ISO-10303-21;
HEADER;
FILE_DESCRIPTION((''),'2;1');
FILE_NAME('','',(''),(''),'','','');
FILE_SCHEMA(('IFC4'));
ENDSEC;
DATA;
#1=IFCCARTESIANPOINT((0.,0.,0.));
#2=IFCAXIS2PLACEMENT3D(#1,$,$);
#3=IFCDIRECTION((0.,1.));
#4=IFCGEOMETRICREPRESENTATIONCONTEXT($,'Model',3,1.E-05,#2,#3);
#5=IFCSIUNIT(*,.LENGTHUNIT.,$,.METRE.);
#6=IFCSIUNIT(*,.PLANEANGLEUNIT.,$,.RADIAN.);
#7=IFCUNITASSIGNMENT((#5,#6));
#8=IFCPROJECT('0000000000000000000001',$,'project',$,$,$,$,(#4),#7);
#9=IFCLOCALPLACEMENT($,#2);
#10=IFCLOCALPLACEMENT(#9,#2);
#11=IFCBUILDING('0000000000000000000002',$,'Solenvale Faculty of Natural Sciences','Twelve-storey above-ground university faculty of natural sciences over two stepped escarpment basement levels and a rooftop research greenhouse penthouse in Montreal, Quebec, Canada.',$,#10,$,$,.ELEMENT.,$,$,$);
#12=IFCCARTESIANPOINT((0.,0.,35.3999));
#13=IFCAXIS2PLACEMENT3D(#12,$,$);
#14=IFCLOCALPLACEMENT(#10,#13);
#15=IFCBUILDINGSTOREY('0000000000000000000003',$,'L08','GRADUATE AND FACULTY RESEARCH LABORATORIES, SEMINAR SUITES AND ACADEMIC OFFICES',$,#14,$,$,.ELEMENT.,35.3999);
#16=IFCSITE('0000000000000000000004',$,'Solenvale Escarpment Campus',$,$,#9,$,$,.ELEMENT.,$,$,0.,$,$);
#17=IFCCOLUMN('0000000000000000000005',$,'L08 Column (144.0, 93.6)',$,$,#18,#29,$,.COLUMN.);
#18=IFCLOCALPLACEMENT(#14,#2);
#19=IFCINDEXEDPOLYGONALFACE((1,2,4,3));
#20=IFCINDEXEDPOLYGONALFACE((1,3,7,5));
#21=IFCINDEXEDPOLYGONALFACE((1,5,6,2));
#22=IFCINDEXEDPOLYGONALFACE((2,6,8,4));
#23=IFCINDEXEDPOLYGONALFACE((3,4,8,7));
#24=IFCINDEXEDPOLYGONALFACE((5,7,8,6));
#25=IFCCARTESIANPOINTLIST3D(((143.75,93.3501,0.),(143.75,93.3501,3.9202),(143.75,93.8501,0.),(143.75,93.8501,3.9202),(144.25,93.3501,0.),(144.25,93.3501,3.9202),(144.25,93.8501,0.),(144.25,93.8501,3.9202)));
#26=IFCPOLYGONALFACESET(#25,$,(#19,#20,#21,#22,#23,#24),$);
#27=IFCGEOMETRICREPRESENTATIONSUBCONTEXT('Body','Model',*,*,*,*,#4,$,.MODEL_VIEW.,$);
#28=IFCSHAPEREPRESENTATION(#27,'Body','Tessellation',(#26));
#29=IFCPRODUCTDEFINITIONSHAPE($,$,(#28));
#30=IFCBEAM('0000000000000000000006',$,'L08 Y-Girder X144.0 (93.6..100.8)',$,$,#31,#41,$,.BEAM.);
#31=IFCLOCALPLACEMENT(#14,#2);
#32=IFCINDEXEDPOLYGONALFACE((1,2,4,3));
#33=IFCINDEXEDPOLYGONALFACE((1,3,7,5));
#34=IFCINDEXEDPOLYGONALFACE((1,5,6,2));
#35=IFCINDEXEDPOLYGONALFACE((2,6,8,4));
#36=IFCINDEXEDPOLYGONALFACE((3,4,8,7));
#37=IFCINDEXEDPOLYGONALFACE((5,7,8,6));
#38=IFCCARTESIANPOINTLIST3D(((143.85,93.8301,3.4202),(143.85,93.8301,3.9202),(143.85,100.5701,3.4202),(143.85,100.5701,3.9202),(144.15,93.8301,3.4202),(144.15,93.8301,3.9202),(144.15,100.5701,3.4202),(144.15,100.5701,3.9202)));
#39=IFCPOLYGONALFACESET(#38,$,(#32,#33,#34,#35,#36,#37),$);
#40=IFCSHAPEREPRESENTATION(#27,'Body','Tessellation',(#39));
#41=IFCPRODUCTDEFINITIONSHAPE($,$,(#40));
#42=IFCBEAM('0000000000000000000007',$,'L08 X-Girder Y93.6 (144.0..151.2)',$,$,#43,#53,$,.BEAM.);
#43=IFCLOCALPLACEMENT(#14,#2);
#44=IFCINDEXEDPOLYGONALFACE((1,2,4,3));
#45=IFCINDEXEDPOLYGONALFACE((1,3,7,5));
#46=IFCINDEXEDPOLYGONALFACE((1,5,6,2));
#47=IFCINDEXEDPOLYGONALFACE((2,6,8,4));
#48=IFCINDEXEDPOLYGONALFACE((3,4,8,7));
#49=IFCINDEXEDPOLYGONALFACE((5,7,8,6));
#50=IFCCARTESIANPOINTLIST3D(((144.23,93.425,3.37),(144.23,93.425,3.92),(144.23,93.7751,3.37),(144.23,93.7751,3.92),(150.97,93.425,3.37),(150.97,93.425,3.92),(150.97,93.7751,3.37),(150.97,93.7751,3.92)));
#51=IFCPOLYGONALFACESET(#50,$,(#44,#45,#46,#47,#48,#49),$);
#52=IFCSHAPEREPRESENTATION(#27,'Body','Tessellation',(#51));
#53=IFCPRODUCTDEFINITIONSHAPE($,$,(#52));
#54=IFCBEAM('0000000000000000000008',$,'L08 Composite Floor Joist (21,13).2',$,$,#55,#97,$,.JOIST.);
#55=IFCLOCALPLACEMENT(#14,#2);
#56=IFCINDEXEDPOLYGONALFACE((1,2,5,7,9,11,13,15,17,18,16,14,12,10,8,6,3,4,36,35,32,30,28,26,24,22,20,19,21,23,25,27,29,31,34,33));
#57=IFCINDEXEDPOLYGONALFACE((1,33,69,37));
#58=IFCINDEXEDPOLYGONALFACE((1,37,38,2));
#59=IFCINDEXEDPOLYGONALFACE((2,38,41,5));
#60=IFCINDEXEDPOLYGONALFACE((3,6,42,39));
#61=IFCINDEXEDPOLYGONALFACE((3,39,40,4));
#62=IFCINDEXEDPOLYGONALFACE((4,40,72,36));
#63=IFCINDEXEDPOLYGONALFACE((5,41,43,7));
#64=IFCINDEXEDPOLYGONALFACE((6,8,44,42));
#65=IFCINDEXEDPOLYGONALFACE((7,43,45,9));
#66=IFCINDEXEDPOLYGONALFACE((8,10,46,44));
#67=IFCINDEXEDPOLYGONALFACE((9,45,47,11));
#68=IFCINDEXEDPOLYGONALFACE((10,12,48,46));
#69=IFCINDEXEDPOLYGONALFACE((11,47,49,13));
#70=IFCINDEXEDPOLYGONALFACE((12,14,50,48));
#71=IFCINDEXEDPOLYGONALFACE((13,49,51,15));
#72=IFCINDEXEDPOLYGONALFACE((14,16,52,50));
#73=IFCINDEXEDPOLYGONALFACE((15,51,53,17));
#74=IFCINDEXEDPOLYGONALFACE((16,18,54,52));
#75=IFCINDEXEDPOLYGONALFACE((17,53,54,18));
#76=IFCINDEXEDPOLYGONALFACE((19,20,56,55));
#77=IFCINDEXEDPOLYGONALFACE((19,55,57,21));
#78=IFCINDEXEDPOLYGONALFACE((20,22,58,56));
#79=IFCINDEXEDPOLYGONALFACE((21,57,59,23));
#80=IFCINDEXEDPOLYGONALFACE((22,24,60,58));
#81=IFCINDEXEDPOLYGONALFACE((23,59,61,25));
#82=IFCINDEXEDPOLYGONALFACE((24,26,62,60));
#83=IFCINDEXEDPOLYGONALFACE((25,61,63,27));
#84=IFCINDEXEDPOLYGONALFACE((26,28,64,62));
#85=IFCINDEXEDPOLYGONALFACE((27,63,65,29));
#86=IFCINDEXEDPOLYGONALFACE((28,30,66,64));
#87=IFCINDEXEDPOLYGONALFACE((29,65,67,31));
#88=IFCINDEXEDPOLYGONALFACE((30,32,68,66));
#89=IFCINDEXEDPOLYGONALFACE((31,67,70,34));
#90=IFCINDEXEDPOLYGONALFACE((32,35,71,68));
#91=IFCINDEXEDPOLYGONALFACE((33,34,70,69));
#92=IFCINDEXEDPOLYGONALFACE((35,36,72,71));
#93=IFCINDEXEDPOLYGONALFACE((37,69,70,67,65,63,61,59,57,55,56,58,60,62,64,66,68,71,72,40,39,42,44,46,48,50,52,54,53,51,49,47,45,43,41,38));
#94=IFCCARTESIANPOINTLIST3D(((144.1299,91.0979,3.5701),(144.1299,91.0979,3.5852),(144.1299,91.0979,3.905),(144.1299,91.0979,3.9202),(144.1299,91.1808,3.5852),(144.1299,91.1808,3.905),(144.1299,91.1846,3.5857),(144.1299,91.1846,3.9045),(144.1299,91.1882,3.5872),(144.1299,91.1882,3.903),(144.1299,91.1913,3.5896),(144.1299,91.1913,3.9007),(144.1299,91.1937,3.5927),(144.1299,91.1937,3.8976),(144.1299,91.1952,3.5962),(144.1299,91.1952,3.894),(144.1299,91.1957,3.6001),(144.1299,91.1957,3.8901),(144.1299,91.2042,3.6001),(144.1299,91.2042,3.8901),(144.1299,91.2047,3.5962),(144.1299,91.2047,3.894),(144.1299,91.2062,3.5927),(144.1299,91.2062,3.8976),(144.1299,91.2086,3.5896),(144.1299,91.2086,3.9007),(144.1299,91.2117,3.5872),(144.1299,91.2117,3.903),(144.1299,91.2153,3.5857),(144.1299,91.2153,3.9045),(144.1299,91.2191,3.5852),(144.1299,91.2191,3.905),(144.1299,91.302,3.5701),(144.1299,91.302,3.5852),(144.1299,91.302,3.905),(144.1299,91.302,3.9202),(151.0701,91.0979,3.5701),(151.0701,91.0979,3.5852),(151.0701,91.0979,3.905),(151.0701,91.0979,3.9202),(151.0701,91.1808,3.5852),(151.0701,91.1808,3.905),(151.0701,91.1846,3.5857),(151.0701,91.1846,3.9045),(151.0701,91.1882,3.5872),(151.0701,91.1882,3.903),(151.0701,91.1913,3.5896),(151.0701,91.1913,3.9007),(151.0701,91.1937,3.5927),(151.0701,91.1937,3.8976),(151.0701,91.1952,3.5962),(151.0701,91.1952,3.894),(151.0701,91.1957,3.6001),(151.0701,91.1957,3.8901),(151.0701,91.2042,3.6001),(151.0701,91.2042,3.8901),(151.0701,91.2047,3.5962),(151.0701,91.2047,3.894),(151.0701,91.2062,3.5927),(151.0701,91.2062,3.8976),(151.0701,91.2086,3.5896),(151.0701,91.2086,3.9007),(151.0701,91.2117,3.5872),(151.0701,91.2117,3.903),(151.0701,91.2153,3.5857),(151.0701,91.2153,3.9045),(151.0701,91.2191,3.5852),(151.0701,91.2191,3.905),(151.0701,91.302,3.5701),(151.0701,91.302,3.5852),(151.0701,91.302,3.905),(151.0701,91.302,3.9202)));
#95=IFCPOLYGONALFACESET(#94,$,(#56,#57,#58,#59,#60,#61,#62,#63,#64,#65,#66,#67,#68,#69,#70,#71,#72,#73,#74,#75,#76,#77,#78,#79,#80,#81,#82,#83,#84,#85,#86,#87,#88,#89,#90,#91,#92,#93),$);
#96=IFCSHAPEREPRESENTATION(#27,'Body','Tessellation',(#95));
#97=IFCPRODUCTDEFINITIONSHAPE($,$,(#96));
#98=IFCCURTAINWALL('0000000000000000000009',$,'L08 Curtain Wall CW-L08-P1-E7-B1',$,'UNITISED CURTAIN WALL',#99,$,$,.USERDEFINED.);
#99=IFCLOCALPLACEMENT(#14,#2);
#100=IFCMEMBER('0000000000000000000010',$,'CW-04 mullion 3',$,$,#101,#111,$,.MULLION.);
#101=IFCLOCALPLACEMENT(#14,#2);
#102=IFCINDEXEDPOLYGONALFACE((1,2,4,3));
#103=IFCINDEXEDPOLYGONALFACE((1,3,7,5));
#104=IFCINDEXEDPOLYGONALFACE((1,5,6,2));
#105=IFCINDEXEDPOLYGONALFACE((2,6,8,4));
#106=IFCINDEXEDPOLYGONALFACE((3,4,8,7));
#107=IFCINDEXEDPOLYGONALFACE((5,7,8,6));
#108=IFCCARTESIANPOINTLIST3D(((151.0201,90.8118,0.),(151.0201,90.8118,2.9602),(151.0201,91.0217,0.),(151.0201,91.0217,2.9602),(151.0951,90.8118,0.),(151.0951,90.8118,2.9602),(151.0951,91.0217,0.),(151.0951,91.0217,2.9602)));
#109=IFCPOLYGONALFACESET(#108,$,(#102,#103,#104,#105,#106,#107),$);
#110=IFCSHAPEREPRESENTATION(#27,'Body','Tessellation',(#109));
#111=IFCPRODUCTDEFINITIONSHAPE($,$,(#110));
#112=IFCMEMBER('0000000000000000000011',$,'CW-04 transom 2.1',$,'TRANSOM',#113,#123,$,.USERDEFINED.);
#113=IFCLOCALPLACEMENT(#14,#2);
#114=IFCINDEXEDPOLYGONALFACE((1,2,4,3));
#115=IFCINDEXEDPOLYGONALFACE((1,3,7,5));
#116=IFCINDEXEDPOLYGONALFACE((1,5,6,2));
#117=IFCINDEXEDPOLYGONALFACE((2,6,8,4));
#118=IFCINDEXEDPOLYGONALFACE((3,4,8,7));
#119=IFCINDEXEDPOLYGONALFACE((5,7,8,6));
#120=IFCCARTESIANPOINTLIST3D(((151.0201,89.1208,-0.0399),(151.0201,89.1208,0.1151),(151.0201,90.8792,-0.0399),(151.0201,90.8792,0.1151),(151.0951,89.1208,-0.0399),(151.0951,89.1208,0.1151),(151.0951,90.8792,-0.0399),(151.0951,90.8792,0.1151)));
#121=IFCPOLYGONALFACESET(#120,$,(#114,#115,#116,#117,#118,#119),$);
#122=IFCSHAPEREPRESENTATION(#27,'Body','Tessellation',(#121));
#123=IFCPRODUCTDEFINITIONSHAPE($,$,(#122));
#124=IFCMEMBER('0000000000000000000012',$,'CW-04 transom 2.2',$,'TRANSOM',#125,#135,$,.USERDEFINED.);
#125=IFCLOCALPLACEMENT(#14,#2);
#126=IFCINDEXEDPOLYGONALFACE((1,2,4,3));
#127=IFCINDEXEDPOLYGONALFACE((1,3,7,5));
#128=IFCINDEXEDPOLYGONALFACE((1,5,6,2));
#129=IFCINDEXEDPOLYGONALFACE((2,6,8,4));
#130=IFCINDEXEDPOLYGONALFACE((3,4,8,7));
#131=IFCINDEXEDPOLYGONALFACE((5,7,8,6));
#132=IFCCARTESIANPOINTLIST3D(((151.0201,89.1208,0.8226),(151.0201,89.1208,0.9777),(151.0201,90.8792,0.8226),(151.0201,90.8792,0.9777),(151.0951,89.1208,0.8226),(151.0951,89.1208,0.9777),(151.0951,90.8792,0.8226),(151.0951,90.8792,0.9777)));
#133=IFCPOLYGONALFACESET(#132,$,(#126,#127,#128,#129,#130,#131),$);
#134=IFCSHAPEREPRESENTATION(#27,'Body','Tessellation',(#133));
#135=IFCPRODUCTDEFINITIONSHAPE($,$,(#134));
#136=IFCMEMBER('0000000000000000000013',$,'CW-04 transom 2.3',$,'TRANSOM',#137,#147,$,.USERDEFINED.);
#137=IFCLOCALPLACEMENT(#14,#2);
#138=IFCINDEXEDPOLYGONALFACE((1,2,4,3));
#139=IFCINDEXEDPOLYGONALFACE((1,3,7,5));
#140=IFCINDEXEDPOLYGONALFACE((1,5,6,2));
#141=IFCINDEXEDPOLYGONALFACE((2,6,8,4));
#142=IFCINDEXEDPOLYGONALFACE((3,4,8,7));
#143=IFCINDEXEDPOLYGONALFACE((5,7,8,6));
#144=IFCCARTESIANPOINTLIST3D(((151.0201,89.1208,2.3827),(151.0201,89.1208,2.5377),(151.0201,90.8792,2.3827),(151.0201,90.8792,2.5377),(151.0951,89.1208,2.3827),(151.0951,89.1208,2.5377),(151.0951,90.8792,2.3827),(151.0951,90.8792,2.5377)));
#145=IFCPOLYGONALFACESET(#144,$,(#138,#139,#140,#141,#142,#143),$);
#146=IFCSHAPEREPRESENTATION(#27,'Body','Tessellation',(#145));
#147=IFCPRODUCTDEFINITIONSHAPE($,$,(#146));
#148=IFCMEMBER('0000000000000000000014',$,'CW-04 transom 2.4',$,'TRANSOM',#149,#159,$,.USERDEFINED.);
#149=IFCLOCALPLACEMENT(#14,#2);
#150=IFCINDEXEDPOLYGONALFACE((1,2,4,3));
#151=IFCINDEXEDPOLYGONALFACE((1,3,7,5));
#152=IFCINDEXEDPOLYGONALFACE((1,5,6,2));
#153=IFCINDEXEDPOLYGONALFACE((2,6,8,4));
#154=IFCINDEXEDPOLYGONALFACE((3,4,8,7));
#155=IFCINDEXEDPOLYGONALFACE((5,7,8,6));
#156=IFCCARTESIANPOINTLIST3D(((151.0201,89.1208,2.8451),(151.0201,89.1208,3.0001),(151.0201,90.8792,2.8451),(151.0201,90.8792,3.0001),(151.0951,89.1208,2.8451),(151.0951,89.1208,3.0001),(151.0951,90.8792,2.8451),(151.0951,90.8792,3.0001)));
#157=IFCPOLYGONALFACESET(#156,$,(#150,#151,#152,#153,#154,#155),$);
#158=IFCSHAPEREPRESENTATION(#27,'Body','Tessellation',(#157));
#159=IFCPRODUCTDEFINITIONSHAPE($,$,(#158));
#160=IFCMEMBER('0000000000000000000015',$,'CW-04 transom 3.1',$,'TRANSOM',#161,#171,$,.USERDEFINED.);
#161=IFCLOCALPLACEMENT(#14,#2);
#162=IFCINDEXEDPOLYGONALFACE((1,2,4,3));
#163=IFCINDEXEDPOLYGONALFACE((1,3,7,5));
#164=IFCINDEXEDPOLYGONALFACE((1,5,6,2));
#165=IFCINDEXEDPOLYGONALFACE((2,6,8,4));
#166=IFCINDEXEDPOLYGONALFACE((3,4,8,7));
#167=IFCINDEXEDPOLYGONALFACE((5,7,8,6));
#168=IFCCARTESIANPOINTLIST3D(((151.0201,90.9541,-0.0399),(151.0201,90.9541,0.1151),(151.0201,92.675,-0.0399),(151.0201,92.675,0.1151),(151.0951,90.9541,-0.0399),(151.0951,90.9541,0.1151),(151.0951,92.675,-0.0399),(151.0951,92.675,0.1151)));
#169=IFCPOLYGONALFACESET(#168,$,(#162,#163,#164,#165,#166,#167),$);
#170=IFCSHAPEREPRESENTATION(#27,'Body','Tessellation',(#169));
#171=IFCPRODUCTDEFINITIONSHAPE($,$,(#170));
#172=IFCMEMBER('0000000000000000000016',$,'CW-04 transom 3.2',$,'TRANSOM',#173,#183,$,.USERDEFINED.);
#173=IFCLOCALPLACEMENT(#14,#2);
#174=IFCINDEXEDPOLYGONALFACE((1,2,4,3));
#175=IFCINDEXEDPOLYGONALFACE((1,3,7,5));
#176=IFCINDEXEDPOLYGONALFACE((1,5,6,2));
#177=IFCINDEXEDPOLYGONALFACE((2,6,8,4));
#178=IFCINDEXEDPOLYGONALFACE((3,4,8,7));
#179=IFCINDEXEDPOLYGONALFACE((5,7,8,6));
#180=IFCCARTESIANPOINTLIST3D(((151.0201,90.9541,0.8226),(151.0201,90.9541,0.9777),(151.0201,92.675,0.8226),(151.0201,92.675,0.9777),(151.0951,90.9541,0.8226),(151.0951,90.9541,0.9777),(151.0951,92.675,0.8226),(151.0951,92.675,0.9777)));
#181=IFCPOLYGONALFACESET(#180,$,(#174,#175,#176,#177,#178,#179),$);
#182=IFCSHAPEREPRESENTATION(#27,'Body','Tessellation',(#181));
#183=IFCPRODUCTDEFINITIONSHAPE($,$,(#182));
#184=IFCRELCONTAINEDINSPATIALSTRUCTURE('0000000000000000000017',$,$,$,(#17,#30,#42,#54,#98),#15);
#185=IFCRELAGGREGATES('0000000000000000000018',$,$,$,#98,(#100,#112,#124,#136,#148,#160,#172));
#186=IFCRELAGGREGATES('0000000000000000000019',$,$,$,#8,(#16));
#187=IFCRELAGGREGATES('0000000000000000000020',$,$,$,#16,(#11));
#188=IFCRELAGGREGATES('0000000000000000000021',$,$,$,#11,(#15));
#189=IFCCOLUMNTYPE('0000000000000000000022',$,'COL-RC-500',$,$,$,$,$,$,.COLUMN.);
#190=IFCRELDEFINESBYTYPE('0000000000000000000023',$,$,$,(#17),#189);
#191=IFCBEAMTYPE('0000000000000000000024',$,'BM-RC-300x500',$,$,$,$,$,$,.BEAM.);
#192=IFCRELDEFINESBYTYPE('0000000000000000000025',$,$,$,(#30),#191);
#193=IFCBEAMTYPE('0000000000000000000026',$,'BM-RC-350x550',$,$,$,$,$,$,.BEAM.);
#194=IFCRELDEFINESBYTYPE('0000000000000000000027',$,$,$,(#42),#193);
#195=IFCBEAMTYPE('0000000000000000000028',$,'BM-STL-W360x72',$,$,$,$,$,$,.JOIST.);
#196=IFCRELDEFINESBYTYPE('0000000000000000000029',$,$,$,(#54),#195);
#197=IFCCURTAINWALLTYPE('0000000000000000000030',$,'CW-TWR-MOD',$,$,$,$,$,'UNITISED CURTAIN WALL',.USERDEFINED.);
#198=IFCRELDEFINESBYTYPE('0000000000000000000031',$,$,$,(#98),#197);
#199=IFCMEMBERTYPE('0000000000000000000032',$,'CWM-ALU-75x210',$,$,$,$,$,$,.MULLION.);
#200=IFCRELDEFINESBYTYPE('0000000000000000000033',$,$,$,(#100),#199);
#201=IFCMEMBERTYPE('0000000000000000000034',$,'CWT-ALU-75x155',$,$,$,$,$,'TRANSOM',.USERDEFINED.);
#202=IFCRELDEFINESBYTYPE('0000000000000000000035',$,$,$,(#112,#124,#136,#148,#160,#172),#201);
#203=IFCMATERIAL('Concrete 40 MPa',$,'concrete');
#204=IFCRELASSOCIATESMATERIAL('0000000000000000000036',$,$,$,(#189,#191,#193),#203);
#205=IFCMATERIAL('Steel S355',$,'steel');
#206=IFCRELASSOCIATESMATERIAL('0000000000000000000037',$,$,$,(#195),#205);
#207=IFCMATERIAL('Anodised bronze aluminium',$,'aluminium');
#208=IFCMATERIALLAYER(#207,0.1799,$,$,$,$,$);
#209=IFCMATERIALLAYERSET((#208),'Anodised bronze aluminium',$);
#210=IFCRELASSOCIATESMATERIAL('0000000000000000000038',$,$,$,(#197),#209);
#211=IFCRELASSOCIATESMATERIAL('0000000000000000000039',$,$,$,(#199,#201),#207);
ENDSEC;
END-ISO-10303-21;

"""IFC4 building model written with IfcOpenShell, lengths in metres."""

from ifc_helpers import new_model, si_unit, direction, frame, origin, origin_2d, place, context, subcontext, project, spatial, rectangle, i_section, extrude, material, layer, layer_set, material_profile, profile_set, type_object, element, aggregate, save


model = new_model("IFC4")

# Units and contexts
model_context = context("Model", 3, precision=1e-05, world=origin(), true_north=direction((0.0, 1.0)))
body_context = subcontext(model_context, "Body", "Model", "MODEL_VIEW")
ifc_project = project(units=[si_unit("LENGTHUNIT", "METRE"), si_unit("PLANEANGLEUNIT", "RADIAN")], contexts=[model_context])

# Site, building, storey
site_placement = place(None, origin())
site = spatial("IfcSite", under=ifc_project, at=site_placement, Name="Solenvale Escarpment Campus", CompositionType="ELEMENT", RefElevation=0.0)
building_placement = place(site_placement, origin())
building = spatial("IfcBuilding", under=site, at=building_placement, Name="Solenvale Faculty of Natural Sciences", Description="Twelve-storey above-ground university faculty of natural sciences over two stepped escarpment basement levels and a rooftop research greenhouse penthouse in Montreal, Quebec, Canada.", CompositionType="ELEMENT")
storey_placement = place(building_placement, frame((0.0, 0.0, 35.3999)))
storey = spatial("IfcBuildingStorey", under=building, at=storey_placement, Name="L08", Description="GRADUATE AND FACULTY RESEARCH LABORATORIES, SEMINAR SUITES AND ACADEMIC OFFICES", CompositionType="ELEMENT", Elevation=35.3999)

# Column
ifc_material_1 = material(Name="Concrete 40 MPa", Category="concrete")
ifc_material_profile_1 = material_profile(ifc_material_1, rectangle(XDim=0.5, YDim=0.5, at=origin_2d()), Name="RC-COL-500x500")
ifc_profile_set_1 = profile_set([ifc_material_profile_1], Name="Concrete 40 MPa")
column_type = type_object("IfcColumnType", Name="COL-RC-500", PredefinedType="COLUMN", material=ifc_profile_set_1)
column_placement = place(storey_placement, frame((144.0, 93.6001, 0.0), z_axis=(0.0, 0.0, 1.0), x_axis=(1.0, 0.0, 0.0)))
element("IfcColumn", 1, at=column_placement, inside=storey, type_object=column_type, Name="L08 Column (144.0, 93.6)", PredefinedType="COLUMN", context=body_context, shape_type="SweptSolid", body=[
    extrude(rectangle(XDim=0.5, YDim=0.5, at=origin_2d()), origin(), (0.0, 0.0, 1.0), 3.9202),
])

# Beams
ifc_material_profile_2 = material_profile(ifc_material_1, rectangle(XDim=0.3, YDim=0.5, at=origin_2d()), Name="RC-BM-300x500")
ifc_profile_set_2 = profile_set([ifc_material_profile_2], Name="Concrete 40 MPa")
beam_type_1 = type_object("IfcBeamType", Name="BM-RC-300x500", PredefinedType="BEAM", material=ifc_profile_set_2)
beam_1_placement = place(storey_placement, frame((144.0, 93.8301, 3.6702), z_axis=(0.0, 1.0, 0.0), x_axis=(-1.0, 0.0, 0.0)))
element("IfcBeam", 2, at=beam_1_placement, inside=storey, type_object=beam_type_1, Name="L08 Y-Girder X144.0 (93.6..100.8)", PredefinedType="BEAM", context=body_context, shape_type="SweptSolid", body=[
    extrude(rectangle(XDim=0.3, YDim=0.5, at=origin_2d()), origin(), (0.0, 0.0, 1.0), 6.74),
])
ifc_material_profile_3 = material_profile(ifc_material_1, rectangle(XDim=0.3501, YDim=0.55, at=origin_2d()), Name="RC-BM-350x550")
ifc_profile_set_3 = profile_set([ifc_material_profile_3], Name="Concrete 40 MPa")
beam_type_2 = type_object("IfcBeamType", Name="BM-RC-350x550", PredefinedType="BEAM", material=ifc_profile_set_3)
beam_2_placement = place(storey_placement, frame((144.23, 93.6001, 3.645), z_axis=(1.0, 0.0, 0.0), x_axis=(0.0, 1.0, 0.0)))
element("IfcBeam", 3, at=beam_2_placement, inside=storey, type_object=beam_type_2, Name="L08 X-Girder Y93.6 (144.0..151.2)", PredefinedType="BEAM", context=body_context, shape_type="SweptSolid", body=[
    extrude(rectangle(XDim=0.3501, YDim=0.55, at=origin_2d()), origin(), (0.0, 0.0, 1.0), 6.74),
])
ifc_material_2 = material(Name="Steel S355", Category="steel")
ifc_material_profile_4 = material_profile(ifc_material_2, i_section(OverallWidth=0.2041, OverallDepth=0.3501, WebThickness=0.0085, FlangeThickness=0.0151, FilletRadius=0.0149, at=origin_2d()), Name="W360x72")
ifc_profile_set_4 = profile_set([ifc_material_profile_4], Name="Steel S355")
beam_type_3 = type_object("IfcBeamType", Name="BM-STL-W360x72", PredefinedType="JOIST", material=ifc_profile_set_4)
beam_3_placement = place(storey_placement, frame((144.1299, 91.2, 3.7451), z_axis=(1.0, 0.0, 0.0), x_axis=(0.0, 1.0, 0.0)))
element("IfcBeam", 4, at=beam_3_placement, inside=storey, type_object=beam_type_3, Name="L08 Composite Floor Joist (21,13).2", PredefinedType="JOIST", context=body_context, shape_type="SweptSolid", body=[
    extrude(i_section(OverallWidth=0.2041, OverallDepth=0.3501, WebThickness=0.0085, FlangeThickness=0.0151, FilletRadius=0.0149, at=origin_2d()), origin(), (0.0, 0.0, 1.0), 6.9402),
])

# Curtain wall, members
ifc_material_3 = material(Name="Anodised bronze aluminium", Category="aluminium")
ifc_layer_1 = layer(ifc_material_3, 0.1799)
ifc_layer_set_1 = layer_set([ifc_layer_1], Name="Anodised bronze aluminium")
curtain_wall_type = type_object("IfcCurtainWallType", Name="CW-TWR-MOD", ElementType="UNITISED CURTAIN WALL", PredefinedType="USERDEFINED", material=ifc_layer_set_1)
curtain_wall_placement = place(storey_placement, origin())
curtain_wall = element("IfcCurtainWall", 5, at=curtain_wall_placement, inside=storey, type_object=curtain_wall_type, Name="L08 Curtain Wall CW-L08-P1-E7-B1", ObjectType="UNITISED CURTAIN WALL", PredefinedType="USERDEFINED")
ifc_material_profile_5 = material_profile(ifc_material_3, rectangle(XDim=0.075, YDim=0.21, at=origin_2d()), Name="ALU-MUL-75x210")
ifc_profile_set_5 = profile_set([ifc_material_profile_5], Name="Anodised bronze aluminium")
member_type_1 = type_object("IfcMemberType", Name="CWM-ALU-75x210", PredefinedType="MULLION", material=ifc_profile_set_5)
member_1_placement = place(storey_placement, frame((151.0576, 90.9167, 0.0), z_axis=(0.0, 0.0, 1.0), x_axis=(-1.0, 0.0, 0.0)))
member_1 = element("IfcMember", 6, at=member_1_placement, type_object=member_type_1, Name="CW-04 mullion 3", PredefinedType="MULLION", context=body_context, shape_type="SweptSolid", body=[
    extrude(rectangle(XDim=0.075, YDim=0.21, at=origin_2d()), origin(), (0.0, 0.0, 1.0), 2.9602),
])
ifc_material_profile_6 = material_profile(ifc_material_3, rectangle(XDim=0.075, YDim=0.155, at=origin_2d()), Name="ALU-TRN-75x155")
ifc_profile_set_6 = profile_set([ifc_material_profile_6], Name="Anodised bronze aluminium")
member_type_2 = type_object("IfcMemberType", Name="CWT-ALU-75x155", ElementType="TRANSOM", PredefinedType="USERDEFINED", material=ifc_profile_set_6)
member_2_placement = place(storey_placement, frame((151.0576, 89.1208, 0.0376), z_axis=(0.0, 1.0, 0.0), x_axis=(-1.0, 0.0, 0.0)))
member_2 = element("IfcMember", 7, at=member_2_placement, type_object=member_type_2, Name="CW-04 transom 2.1", ObjectType="TRANSOM", PredefinedType="USERDEFINED", context=body_context, shape_type="SweptSolid", body=[
    extrude(rectangle(XDim=0.075, YDim=0.155, at=origin_2d()), origin(), (0.0, 0.0, 1.0), 1.7583),
])
member_3_placement = place(storey_placement, frame((151.0576, 89.1208, 0.9001), z_axis=(0.0, 1.0, 0.0), x_axis=(-1.0, 0.0, 0.0)))
member_3 = element("IfcMember", 8, at=member_3_placement, type_object=member_type_2, Name="CW-04 transom 2.2", ObjectType="TRANSOM", PredefinedType="USERDEFINED", context=body_context, shape_type="SweptSolid", body=[
    extrude(rectangle(XDim=0.075, YDim=0.155, at=origin_2d()), origin(), (0.0, 0.0, 1.0), 1.7583),
])
member_4_placement = place(storey_placement, frame((151.0576, 89.1208, 2.4602), z_axis=(0.0, 1.0, 0.0), x_axis=(-1.0, 0.0, 0.0)))
member_4 = element("IfcMember", 9, at=member_4_placement, type_object=member_type_2, Name="CW-04 transom 2.3", ObjectType="TRANSOM", PredefinedType="USERDEFINED", context=body_context, shape_type="SweptSolid", body=[
    extrude(rectangle(XDim=0.075, YDim=0.155, at=origin_2d()), origin(), (0.0, 0.0, 1.0), 1.7583),
])
member_5_placement = place(storey_placement, frame((151.0576, 89.1208, 2.9226), z_axis=(0.0, 1.0, 0.0), x_axis=(-1.0, 0.0, 0.0)))
member_5 = element("IfcMember", 10, at=member_5_placement, type_object=member_type_2, Name="CW-04 transom 2.4", ObjectType="TRANSOM", PredefinedType="USERDEFINED", context=body_context, shape_type="SweptSolid", body=[
    extrude(rectangle(XDim=0.075, YDim=0.155, at=origin_2d()), origin(), (0.0, 0.0, 1.0), 1.7583),
])
member_6_placement = place(storey_placement, frame((151.0576, 90.9541, 0.0376), z_axis=(0.0, 1.0, 0.0), x_axis=(-1.0, 0.0, 0.0)))
member_6 = element("IfcMember", 11, at=member_6_placement, type_object=member_type_2, Name="CW-04 transom 3.1", ObjectType="TRANSOM", PredefinedType="USERDEFINED", context=body_context, shape_type="SweptSolid", body=[
    extrude(rectangle(XDim=0.075, YDim=0.155, at=origin_2d()), origin(), (0.0, 0.0, 1.0), 1.7209),
])
member_7_placement = place(storey_placement, frame((151.0576, 90.9541, 0.9001), z_axis=(0.0, 1.0, 0.0), x_axis=(-1.0, 0.0, 0.0)))
member_7 = element("IfcMember", 12, at=member_7_placement, type_object=member_type_2, Name="CW-04 transom 3.2", ObjectType="TRANSOM", PredefinedType="USERDEFINED", context=body_context, shape_type="SweptSolid", body=[
    extrude(rectangle(XDim=0.075, YDim=0.155, at=origin_2d()), origin(), (0.0, 0.0, 1.0), 1.7209),
])
aggregate(curtain_wall, [member_1, member_2, member_3, member_4, member_5, member_6, member_7])

save(model, "model.ifc")
